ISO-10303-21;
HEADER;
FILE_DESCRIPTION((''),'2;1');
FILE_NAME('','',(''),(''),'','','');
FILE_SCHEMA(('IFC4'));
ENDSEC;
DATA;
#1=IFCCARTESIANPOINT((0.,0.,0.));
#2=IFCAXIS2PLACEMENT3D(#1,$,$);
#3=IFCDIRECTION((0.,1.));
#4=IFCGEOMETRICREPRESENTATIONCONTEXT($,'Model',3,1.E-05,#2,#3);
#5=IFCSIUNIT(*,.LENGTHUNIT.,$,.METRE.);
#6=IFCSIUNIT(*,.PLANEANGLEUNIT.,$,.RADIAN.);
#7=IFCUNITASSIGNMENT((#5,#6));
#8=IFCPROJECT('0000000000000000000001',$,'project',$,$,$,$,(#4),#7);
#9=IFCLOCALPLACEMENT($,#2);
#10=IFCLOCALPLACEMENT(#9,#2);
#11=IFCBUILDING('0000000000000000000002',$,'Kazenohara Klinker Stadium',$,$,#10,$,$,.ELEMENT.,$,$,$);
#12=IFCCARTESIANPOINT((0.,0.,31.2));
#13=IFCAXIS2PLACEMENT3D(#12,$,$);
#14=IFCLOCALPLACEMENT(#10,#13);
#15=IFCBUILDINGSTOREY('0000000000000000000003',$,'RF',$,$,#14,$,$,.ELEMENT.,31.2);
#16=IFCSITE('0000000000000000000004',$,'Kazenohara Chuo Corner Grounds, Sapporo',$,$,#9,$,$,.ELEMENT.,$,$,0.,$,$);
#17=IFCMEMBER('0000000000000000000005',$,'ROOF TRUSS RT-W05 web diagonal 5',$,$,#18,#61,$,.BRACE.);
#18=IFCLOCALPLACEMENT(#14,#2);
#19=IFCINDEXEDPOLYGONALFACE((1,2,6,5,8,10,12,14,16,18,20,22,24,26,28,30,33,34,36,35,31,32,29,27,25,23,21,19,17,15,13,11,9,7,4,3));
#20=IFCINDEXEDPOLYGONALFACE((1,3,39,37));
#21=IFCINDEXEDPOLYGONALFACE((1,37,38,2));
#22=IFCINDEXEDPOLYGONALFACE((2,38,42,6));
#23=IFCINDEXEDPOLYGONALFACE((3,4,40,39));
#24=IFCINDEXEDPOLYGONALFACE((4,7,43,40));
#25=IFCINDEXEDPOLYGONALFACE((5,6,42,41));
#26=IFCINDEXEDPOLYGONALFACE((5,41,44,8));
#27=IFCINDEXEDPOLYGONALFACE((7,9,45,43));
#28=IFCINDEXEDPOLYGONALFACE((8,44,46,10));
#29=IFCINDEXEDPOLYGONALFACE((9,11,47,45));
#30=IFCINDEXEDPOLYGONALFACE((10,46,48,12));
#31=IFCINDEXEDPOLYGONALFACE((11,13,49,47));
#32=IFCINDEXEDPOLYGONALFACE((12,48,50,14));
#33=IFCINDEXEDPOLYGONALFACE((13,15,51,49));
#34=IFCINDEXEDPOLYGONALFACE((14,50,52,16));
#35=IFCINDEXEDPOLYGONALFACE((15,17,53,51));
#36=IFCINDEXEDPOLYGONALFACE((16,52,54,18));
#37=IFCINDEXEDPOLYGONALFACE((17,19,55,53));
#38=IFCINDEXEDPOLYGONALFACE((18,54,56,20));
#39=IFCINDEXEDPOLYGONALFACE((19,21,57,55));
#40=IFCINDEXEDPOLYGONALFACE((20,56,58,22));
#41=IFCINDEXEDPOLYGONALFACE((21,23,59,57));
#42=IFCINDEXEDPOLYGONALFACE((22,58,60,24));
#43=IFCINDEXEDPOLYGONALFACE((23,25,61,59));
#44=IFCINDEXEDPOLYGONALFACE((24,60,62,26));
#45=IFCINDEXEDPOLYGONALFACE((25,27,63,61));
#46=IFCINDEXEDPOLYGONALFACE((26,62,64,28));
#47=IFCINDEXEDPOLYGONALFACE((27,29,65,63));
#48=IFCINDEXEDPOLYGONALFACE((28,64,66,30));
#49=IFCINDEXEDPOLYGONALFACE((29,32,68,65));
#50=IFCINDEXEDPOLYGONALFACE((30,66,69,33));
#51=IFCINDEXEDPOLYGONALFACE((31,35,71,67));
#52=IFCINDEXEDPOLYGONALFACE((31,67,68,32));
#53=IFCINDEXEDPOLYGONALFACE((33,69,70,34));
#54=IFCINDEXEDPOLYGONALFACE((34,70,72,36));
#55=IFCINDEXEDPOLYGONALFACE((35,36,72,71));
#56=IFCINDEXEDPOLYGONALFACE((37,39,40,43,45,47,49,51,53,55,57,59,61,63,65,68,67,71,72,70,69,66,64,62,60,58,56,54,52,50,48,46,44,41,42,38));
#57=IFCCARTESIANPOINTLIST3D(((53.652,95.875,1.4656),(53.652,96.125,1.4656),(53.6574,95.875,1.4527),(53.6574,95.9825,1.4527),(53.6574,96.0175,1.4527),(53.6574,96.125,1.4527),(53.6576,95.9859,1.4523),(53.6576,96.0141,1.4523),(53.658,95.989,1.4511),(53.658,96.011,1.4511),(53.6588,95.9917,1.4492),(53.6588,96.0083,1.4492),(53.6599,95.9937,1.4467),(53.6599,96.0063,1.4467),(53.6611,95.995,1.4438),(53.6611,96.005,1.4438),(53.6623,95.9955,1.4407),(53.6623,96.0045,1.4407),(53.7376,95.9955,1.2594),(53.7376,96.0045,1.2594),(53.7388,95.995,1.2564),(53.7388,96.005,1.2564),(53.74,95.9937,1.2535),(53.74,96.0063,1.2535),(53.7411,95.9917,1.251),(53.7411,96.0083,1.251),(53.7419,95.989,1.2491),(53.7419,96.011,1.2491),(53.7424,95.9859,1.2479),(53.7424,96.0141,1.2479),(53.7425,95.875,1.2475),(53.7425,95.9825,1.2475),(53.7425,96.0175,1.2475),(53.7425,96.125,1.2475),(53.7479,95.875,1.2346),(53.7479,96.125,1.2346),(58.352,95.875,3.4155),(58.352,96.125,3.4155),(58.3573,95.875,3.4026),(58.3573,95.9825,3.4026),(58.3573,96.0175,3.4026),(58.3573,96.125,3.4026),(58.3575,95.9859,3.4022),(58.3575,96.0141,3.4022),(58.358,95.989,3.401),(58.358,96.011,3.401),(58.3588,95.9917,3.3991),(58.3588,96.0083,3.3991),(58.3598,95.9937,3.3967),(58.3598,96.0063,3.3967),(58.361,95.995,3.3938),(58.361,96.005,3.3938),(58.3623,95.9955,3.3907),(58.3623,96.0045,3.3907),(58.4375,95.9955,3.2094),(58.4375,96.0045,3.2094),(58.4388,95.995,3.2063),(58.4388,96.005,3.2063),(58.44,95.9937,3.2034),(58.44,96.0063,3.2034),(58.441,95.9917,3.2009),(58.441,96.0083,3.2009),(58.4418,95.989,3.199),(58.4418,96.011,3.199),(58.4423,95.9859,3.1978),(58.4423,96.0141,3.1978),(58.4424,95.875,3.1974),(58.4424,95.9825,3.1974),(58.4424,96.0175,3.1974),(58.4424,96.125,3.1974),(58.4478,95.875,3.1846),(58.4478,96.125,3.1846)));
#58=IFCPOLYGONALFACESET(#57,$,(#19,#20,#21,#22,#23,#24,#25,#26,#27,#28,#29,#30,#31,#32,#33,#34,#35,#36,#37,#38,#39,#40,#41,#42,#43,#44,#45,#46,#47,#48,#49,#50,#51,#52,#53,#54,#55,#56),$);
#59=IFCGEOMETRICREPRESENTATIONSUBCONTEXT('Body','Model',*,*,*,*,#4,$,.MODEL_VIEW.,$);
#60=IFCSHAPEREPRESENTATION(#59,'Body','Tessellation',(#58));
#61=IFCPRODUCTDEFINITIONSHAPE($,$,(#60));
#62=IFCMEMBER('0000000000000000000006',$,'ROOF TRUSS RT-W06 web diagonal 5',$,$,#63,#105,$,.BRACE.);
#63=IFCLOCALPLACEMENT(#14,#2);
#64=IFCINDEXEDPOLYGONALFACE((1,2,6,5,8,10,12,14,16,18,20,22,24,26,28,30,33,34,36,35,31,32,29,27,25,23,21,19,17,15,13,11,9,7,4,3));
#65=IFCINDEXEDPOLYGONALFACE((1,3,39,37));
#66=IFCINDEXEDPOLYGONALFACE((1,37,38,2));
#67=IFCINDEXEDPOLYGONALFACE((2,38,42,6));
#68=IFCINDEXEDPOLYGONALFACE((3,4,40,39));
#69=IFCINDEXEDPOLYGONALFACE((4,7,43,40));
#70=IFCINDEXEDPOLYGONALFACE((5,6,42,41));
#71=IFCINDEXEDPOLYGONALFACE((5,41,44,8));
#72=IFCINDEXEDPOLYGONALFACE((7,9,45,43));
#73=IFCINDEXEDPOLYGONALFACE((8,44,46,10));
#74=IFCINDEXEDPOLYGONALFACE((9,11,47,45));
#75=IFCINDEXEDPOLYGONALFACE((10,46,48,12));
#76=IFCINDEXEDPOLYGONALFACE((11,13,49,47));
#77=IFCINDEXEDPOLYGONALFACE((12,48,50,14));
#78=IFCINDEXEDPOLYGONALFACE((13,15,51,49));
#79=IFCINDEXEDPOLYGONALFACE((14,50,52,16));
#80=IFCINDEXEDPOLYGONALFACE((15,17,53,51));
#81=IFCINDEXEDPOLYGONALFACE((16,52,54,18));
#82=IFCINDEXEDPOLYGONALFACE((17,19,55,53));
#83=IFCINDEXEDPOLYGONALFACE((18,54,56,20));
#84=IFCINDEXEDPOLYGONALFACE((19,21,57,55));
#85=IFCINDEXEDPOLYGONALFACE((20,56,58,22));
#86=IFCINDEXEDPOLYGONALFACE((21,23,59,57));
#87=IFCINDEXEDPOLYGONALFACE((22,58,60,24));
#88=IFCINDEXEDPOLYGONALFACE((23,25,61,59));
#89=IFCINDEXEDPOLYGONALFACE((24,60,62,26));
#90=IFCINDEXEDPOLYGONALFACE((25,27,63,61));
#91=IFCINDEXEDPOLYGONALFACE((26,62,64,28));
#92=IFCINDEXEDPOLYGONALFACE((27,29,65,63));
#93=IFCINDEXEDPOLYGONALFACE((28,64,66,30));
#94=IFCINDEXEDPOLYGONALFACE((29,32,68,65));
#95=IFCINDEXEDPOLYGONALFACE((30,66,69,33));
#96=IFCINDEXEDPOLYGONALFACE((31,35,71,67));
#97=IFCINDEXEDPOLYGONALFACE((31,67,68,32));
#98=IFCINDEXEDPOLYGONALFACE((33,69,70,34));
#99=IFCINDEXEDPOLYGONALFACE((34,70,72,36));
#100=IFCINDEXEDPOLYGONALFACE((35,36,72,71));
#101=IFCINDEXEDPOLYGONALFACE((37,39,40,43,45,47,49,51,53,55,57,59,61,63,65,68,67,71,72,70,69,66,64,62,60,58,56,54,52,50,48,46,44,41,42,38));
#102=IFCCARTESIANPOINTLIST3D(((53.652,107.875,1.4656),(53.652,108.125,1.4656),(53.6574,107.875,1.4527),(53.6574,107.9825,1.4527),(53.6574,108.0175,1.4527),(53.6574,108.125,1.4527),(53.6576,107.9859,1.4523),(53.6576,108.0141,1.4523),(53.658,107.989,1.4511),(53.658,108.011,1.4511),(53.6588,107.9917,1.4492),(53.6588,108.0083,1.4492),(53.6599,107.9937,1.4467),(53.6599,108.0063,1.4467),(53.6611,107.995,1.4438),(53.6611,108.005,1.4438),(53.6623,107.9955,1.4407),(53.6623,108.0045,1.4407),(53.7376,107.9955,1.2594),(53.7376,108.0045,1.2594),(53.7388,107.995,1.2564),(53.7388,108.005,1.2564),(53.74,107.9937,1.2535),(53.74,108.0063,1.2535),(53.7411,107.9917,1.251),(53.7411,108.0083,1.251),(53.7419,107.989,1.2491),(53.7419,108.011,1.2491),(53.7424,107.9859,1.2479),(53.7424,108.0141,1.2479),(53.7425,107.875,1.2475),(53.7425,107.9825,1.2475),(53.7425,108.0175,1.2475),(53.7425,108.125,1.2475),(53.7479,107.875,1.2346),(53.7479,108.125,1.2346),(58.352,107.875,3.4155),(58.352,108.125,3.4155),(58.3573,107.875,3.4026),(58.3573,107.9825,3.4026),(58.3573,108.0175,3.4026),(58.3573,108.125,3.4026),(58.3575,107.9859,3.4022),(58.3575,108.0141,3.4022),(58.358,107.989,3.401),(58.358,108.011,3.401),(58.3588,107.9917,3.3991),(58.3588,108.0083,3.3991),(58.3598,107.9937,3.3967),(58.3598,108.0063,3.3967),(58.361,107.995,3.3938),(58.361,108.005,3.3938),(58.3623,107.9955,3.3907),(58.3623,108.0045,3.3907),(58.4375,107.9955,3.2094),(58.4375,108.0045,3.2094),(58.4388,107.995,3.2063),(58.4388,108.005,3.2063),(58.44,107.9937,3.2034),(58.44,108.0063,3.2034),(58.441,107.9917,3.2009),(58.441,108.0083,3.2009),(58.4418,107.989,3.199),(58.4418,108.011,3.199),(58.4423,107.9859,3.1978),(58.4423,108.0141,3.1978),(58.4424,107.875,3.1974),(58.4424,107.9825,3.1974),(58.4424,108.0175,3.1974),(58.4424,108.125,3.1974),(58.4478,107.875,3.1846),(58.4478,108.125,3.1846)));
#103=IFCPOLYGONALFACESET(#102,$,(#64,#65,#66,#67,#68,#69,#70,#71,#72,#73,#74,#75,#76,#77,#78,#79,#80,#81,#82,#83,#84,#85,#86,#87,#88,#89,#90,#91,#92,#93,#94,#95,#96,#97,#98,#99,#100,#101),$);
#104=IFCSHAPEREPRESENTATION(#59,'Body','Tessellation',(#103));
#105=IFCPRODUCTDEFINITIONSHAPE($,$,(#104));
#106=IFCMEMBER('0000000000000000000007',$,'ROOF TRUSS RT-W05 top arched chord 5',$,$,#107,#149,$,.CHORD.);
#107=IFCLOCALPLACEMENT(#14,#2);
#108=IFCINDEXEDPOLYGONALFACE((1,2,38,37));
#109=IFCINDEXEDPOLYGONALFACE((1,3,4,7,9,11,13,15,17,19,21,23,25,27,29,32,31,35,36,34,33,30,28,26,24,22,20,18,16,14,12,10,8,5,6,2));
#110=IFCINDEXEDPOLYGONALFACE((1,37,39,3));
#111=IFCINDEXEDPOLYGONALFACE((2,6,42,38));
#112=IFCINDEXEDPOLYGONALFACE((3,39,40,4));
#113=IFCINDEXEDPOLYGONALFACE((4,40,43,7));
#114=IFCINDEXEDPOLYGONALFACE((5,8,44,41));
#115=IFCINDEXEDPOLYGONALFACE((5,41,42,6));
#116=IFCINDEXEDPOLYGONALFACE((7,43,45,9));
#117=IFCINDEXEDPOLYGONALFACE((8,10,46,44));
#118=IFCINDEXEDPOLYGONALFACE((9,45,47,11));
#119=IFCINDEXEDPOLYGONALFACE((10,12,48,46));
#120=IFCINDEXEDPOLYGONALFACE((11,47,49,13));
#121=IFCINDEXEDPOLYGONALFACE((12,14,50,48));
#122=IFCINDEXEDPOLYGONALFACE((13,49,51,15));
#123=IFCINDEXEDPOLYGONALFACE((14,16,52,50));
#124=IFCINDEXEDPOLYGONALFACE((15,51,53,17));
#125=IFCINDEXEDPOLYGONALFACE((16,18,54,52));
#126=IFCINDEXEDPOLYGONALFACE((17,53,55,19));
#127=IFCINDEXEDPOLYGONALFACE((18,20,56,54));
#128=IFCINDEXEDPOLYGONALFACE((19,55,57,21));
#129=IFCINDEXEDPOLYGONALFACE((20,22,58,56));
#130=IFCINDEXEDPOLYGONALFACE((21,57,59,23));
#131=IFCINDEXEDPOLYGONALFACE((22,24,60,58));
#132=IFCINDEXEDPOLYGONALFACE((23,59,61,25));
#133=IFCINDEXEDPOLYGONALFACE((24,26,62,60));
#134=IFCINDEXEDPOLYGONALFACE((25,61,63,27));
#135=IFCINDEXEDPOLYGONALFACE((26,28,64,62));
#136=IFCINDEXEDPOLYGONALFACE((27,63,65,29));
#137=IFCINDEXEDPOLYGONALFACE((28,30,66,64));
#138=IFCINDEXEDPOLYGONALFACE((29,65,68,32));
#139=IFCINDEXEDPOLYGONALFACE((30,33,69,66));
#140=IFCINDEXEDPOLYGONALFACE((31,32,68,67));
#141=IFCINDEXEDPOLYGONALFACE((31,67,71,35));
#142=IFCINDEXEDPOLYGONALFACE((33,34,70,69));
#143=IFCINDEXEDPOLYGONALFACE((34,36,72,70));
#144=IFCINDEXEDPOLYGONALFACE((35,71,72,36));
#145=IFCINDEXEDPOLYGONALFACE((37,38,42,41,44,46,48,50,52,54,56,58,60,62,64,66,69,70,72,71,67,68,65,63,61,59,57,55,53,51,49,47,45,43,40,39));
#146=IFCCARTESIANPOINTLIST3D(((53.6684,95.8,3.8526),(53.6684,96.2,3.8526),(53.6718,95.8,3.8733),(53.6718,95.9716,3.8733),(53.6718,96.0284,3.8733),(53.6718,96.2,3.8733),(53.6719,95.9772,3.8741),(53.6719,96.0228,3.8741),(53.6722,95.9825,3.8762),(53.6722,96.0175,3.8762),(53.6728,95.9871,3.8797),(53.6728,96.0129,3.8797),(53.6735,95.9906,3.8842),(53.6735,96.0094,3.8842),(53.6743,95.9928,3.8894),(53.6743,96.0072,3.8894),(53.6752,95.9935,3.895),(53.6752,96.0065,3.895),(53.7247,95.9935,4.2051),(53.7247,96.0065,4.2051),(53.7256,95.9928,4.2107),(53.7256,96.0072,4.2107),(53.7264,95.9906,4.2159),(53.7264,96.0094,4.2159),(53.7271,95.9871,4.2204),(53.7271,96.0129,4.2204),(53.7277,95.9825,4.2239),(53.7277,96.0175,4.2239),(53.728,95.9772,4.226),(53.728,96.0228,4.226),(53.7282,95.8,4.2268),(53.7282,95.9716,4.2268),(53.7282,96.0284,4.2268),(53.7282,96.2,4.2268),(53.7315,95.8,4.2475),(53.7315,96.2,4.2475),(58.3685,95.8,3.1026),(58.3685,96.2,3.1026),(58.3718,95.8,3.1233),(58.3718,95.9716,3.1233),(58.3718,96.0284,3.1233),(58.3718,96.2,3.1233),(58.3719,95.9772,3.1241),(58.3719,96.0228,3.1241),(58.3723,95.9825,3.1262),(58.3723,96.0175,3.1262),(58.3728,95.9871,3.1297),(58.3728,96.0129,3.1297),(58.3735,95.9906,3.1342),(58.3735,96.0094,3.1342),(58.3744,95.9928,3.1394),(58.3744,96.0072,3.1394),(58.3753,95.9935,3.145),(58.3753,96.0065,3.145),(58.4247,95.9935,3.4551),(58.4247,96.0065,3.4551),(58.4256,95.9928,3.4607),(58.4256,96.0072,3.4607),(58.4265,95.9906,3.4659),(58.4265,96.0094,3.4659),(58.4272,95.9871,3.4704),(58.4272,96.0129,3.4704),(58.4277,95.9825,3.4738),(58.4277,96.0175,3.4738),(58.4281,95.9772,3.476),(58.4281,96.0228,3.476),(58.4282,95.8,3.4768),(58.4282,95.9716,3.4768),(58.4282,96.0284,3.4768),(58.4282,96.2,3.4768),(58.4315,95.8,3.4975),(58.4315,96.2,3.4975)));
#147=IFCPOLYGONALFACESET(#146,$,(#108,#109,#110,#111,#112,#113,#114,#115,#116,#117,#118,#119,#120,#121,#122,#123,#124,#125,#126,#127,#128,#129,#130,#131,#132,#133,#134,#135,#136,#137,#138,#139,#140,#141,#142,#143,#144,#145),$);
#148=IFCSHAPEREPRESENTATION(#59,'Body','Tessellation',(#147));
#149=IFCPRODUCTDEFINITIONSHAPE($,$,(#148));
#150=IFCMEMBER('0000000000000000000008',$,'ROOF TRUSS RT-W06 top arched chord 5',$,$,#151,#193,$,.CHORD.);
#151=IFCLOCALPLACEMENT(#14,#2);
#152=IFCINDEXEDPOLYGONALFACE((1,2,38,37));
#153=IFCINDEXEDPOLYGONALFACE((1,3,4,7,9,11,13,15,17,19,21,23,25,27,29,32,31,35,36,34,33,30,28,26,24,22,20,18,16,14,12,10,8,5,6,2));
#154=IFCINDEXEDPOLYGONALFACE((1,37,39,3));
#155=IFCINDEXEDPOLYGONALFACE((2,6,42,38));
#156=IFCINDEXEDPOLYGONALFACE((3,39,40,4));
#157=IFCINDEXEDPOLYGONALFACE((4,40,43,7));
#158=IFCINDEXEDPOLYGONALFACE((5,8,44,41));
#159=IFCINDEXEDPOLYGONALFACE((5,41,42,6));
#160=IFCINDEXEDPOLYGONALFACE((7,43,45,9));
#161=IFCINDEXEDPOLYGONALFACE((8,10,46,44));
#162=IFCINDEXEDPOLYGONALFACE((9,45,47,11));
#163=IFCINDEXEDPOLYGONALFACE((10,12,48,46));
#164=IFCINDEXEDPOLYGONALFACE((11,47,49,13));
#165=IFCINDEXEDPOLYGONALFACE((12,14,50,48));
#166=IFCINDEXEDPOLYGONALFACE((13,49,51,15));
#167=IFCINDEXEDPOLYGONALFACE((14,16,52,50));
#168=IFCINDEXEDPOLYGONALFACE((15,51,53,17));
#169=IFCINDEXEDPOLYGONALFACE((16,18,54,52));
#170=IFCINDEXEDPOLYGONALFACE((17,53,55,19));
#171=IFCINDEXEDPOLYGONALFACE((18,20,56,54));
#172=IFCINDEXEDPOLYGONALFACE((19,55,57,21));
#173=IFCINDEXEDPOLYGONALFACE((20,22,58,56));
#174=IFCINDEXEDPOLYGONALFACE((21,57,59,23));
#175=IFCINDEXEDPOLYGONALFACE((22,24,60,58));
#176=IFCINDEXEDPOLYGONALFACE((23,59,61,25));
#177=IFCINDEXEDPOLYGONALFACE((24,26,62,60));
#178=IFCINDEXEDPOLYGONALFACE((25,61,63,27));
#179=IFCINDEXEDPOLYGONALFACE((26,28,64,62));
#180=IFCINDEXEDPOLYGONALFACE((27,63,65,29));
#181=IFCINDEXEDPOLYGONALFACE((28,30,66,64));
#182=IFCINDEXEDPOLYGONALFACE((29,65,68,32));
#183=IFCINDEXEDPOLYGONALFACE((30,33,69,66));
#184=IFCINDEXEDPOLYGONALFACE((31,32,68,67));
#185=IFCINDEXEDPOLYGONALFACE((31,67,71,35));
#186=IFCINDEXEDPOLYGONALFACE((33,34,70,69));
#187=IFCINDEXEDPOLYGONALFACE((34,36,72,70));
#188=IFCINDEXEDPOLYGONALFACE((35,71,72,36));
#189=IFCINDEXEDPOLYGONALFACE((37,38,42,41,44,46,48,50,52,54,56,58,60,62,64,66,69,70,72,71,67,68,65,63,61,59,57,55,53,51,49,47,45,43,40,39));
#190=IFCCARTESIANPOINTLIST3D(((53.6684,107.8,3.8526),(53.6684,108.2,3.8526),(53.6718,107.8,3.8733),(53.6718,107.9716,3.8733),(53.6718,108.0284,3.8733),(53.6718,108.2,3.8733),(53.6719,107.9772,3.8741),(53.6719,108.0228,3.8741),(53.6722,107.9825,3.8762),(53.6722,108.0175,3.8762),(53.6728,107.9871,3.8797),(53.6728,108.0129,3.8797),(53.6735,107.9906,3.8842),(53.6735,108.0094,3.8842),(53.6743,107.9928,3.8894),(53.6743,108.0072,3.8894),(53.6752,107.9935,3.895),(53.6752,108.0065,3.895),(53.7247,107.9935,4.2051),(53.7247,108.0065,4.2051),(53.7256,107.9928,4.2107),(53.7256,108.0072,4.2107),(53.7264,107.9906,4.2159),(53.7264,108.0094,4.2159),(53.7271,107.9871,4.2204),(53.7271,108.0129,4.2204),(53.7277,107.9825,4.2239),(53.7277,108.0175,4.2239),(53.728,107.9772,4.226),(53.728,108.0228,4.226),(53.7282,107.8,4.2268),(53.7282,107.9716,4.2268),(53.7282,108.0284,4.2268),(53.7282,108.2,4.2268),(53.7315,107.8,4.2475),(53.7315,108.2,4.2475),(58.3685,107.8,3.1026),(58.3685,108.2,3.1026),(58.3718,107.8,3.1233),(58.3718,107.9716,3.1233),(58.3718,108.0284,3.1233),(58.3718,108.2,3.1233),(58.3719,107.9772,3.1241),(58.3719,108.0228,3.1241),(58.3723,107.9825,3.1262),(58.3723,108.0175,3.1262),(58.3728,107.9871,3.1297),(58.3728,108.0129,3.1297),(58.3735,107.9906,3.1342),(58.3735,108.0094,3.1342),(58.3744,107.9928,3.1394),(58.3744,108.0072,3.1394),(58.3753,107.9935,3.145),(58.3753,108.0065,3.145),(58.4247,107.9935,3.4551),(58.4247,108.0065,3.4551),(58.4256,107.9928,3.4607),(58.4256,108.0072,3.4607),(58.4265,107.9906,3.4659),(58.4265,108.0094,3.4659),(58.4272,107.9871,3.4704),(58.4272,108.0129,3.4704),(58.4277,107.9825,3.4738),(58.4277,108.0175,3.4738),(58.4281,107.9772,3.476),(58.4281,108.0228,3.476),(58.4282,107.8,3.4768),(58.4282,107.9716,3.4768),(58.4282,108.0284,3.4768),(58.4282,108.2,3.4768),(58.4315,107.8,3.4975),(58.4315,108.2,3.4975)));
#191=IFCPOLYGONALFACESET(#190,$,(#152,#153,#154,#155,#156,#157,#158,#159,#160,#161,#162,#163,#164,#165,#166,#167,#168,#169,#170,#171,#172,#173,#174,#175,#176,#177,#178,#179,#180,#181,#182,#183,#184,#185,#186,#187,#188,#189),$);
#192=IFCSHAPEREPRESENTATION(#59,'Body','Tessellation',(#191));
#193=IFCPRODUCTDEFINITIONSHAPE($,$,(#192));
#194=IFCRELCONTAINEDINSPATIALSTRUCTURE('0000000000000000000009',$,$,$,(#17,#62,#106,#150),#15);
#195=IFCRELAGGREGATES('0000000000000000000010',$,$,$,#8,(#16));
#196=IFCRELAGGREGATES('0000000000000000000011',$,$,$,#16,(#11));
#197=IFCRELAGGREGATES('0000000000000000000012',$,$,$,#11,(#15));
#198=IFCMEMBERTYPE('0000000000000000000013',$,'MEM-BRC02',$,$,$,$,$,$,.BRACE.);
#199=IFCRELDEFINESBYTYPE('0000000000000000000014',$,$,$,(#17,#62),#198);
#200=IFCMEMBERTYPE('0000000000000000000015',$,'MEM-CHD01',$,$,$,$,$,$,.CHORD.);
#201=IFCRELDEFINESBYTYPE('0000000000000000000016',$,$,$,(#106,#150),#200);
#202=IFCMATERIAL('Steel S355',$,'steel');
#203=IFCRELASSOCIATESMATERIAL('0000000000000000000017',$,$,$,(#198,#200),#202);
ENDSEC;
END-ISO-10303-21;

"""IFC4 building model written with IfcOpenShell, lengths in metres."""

from ifc_helpers import new_model, si_unit, direction, frame, origin, origin_2d, place, context, subcontext, project, spatial, i_section, extrude, material, material_profile, profile_set, type_object, element, save


model = new_model("IFC4")

# Units and contexts
model_context = context("Model", 3, precision=1e-05, world=origin(), true_north=direction((0.0, 1.0)))
body_context = subcontext(model_context, "Body", "Model", "MODEL_VIEW")
ifc_project = project(units=[si_unit("LENGTHUNIT", "METRE"), si_unit("PLANEANGLEUNIT", "RADIAN")], contexts=[model_context])

# Site, building, storey
site_placement = place(None, origin())
site = spatial("IfcSite", under=ifc_project, at=site_placement, Name="Kazenohara Chuo Corner Grounds, Sapporo", CompositionType="ELEMENT", RefElevation=0.0)
building_placement = place(site_placement, origin())
building = spatial("IfcBuilding", under=site, at=building_placement, Name="Kazenohara Klinker Stadium", CompositionType="ELEMENT")
storey_placement = place(building_placement, frame((0.0, 0.0, 31.2)))
storey = spatial("IfcBuildingStorey", under=building, at=storey_placement, Name="RF", CompositionType="ELEMENT", Elevation=31.2)

# Members
ifc_material = material(Name="Steel S355", Category="steel")
ifc_material_profile_1 = material_profile(ifc_material, i_section(OverallWidth=0.25, OverallDepth=0.25, WebThickness=0.009, FlangeThickness=0.0139, FilletRadius=0.0129, at=origin_2d()), Name="H-250x250x9x14")
ifc_profile_set_1 = profile_set([ifc_material_profile_1], Name="Steel S355")
member_type_1 = type_object("IfcMemberType", Name="MEM-BRC02", PredefinedType="BRACE", material=ifc_profile_set_1)
for number, where, z_axis, x_axis, name in (
    (1, (53.7, 96.0, 1.3501), (0.923659, 0.0, 0.383215), (0.0, 1.0, 0.0), "ROOF TRUSS RT-W05 web diagonal 5"),
    (2, (53.7, 108.0, 1.3501), (0.923659, 0.0, 0.383215), (0.0, 1.0, 0.0), "ROOF TRUSS RT-W06 web diagonal 5"),
):
    element("IfcMember", number, at=place(storey_placement, frame(where, z_axis=z_axis, x_axis=x_axis)), inside=storey, type_object=member_type_1, Name=name, PredefinedType="BRACE", context=body_context, shape_type="SweptSolid", body=[
        extrude(i_section(OverallWidth=0.25, OverallDepth=0.25, WebThickness=0.009, FlangeThickness=0.0139, FilletRadius=0.0129, at=origin_2d()), origin(), (0.0, 0.0, 1.0), 5.0884),
    ])
ifc_material_profile_2 = material_profile(ifc_material, i_section(OverallWidth=0.3999, OverallDepth=0.3999, WebThickness=0.0129, FlangeThickness=0.021, FilletRadius=0.022, at=origin_2d()), Name="H-400x400x13x21")
ifc_profile_set_2 = profile_set([ifc_material_profile_2], Name="Steel S355")
member_type_2 = type_object("IfcMemberType", Name="MEM-CHD01", PredefinedType="CHORD", material=ifc_profile_set_2)
for number, where, z_axis, x_axis, name in (
    (3, (53.7, 96.0, 4.05), (0.987506, 0.0, -0.157582), (0.0, 1.0, 0.0), "ROOF TRUSS RT-W05 top arched chord 5"),
    (4, (53.7, 108.0, 4.05), (0.987506, 0.0, -0.157582), (0.0, 1.0, 0.0), "ROOF TRUSS RT-W06 top arched chord 5"),
):
    element("IfcMember", number, at=place(storey_placement, frame(where, z_axis=z_axis, x_axis=x_axis)), inside=storey, type_object=member_type_2, Name=name, PredefinedType="CHORD", context=body_context, shape_type="SweptSolid", body=[
        extrude(i_section(OverallWidth=0.3999, OverallDepth=0.3999, WebThickness=0.0129, FlangeThickness=0.021, FilletRadius=0.022, at=origin_2d()), origin(), (0.0, 0.0, 1.0), 4.7595),
    ])

save(model, "model.ifc")
